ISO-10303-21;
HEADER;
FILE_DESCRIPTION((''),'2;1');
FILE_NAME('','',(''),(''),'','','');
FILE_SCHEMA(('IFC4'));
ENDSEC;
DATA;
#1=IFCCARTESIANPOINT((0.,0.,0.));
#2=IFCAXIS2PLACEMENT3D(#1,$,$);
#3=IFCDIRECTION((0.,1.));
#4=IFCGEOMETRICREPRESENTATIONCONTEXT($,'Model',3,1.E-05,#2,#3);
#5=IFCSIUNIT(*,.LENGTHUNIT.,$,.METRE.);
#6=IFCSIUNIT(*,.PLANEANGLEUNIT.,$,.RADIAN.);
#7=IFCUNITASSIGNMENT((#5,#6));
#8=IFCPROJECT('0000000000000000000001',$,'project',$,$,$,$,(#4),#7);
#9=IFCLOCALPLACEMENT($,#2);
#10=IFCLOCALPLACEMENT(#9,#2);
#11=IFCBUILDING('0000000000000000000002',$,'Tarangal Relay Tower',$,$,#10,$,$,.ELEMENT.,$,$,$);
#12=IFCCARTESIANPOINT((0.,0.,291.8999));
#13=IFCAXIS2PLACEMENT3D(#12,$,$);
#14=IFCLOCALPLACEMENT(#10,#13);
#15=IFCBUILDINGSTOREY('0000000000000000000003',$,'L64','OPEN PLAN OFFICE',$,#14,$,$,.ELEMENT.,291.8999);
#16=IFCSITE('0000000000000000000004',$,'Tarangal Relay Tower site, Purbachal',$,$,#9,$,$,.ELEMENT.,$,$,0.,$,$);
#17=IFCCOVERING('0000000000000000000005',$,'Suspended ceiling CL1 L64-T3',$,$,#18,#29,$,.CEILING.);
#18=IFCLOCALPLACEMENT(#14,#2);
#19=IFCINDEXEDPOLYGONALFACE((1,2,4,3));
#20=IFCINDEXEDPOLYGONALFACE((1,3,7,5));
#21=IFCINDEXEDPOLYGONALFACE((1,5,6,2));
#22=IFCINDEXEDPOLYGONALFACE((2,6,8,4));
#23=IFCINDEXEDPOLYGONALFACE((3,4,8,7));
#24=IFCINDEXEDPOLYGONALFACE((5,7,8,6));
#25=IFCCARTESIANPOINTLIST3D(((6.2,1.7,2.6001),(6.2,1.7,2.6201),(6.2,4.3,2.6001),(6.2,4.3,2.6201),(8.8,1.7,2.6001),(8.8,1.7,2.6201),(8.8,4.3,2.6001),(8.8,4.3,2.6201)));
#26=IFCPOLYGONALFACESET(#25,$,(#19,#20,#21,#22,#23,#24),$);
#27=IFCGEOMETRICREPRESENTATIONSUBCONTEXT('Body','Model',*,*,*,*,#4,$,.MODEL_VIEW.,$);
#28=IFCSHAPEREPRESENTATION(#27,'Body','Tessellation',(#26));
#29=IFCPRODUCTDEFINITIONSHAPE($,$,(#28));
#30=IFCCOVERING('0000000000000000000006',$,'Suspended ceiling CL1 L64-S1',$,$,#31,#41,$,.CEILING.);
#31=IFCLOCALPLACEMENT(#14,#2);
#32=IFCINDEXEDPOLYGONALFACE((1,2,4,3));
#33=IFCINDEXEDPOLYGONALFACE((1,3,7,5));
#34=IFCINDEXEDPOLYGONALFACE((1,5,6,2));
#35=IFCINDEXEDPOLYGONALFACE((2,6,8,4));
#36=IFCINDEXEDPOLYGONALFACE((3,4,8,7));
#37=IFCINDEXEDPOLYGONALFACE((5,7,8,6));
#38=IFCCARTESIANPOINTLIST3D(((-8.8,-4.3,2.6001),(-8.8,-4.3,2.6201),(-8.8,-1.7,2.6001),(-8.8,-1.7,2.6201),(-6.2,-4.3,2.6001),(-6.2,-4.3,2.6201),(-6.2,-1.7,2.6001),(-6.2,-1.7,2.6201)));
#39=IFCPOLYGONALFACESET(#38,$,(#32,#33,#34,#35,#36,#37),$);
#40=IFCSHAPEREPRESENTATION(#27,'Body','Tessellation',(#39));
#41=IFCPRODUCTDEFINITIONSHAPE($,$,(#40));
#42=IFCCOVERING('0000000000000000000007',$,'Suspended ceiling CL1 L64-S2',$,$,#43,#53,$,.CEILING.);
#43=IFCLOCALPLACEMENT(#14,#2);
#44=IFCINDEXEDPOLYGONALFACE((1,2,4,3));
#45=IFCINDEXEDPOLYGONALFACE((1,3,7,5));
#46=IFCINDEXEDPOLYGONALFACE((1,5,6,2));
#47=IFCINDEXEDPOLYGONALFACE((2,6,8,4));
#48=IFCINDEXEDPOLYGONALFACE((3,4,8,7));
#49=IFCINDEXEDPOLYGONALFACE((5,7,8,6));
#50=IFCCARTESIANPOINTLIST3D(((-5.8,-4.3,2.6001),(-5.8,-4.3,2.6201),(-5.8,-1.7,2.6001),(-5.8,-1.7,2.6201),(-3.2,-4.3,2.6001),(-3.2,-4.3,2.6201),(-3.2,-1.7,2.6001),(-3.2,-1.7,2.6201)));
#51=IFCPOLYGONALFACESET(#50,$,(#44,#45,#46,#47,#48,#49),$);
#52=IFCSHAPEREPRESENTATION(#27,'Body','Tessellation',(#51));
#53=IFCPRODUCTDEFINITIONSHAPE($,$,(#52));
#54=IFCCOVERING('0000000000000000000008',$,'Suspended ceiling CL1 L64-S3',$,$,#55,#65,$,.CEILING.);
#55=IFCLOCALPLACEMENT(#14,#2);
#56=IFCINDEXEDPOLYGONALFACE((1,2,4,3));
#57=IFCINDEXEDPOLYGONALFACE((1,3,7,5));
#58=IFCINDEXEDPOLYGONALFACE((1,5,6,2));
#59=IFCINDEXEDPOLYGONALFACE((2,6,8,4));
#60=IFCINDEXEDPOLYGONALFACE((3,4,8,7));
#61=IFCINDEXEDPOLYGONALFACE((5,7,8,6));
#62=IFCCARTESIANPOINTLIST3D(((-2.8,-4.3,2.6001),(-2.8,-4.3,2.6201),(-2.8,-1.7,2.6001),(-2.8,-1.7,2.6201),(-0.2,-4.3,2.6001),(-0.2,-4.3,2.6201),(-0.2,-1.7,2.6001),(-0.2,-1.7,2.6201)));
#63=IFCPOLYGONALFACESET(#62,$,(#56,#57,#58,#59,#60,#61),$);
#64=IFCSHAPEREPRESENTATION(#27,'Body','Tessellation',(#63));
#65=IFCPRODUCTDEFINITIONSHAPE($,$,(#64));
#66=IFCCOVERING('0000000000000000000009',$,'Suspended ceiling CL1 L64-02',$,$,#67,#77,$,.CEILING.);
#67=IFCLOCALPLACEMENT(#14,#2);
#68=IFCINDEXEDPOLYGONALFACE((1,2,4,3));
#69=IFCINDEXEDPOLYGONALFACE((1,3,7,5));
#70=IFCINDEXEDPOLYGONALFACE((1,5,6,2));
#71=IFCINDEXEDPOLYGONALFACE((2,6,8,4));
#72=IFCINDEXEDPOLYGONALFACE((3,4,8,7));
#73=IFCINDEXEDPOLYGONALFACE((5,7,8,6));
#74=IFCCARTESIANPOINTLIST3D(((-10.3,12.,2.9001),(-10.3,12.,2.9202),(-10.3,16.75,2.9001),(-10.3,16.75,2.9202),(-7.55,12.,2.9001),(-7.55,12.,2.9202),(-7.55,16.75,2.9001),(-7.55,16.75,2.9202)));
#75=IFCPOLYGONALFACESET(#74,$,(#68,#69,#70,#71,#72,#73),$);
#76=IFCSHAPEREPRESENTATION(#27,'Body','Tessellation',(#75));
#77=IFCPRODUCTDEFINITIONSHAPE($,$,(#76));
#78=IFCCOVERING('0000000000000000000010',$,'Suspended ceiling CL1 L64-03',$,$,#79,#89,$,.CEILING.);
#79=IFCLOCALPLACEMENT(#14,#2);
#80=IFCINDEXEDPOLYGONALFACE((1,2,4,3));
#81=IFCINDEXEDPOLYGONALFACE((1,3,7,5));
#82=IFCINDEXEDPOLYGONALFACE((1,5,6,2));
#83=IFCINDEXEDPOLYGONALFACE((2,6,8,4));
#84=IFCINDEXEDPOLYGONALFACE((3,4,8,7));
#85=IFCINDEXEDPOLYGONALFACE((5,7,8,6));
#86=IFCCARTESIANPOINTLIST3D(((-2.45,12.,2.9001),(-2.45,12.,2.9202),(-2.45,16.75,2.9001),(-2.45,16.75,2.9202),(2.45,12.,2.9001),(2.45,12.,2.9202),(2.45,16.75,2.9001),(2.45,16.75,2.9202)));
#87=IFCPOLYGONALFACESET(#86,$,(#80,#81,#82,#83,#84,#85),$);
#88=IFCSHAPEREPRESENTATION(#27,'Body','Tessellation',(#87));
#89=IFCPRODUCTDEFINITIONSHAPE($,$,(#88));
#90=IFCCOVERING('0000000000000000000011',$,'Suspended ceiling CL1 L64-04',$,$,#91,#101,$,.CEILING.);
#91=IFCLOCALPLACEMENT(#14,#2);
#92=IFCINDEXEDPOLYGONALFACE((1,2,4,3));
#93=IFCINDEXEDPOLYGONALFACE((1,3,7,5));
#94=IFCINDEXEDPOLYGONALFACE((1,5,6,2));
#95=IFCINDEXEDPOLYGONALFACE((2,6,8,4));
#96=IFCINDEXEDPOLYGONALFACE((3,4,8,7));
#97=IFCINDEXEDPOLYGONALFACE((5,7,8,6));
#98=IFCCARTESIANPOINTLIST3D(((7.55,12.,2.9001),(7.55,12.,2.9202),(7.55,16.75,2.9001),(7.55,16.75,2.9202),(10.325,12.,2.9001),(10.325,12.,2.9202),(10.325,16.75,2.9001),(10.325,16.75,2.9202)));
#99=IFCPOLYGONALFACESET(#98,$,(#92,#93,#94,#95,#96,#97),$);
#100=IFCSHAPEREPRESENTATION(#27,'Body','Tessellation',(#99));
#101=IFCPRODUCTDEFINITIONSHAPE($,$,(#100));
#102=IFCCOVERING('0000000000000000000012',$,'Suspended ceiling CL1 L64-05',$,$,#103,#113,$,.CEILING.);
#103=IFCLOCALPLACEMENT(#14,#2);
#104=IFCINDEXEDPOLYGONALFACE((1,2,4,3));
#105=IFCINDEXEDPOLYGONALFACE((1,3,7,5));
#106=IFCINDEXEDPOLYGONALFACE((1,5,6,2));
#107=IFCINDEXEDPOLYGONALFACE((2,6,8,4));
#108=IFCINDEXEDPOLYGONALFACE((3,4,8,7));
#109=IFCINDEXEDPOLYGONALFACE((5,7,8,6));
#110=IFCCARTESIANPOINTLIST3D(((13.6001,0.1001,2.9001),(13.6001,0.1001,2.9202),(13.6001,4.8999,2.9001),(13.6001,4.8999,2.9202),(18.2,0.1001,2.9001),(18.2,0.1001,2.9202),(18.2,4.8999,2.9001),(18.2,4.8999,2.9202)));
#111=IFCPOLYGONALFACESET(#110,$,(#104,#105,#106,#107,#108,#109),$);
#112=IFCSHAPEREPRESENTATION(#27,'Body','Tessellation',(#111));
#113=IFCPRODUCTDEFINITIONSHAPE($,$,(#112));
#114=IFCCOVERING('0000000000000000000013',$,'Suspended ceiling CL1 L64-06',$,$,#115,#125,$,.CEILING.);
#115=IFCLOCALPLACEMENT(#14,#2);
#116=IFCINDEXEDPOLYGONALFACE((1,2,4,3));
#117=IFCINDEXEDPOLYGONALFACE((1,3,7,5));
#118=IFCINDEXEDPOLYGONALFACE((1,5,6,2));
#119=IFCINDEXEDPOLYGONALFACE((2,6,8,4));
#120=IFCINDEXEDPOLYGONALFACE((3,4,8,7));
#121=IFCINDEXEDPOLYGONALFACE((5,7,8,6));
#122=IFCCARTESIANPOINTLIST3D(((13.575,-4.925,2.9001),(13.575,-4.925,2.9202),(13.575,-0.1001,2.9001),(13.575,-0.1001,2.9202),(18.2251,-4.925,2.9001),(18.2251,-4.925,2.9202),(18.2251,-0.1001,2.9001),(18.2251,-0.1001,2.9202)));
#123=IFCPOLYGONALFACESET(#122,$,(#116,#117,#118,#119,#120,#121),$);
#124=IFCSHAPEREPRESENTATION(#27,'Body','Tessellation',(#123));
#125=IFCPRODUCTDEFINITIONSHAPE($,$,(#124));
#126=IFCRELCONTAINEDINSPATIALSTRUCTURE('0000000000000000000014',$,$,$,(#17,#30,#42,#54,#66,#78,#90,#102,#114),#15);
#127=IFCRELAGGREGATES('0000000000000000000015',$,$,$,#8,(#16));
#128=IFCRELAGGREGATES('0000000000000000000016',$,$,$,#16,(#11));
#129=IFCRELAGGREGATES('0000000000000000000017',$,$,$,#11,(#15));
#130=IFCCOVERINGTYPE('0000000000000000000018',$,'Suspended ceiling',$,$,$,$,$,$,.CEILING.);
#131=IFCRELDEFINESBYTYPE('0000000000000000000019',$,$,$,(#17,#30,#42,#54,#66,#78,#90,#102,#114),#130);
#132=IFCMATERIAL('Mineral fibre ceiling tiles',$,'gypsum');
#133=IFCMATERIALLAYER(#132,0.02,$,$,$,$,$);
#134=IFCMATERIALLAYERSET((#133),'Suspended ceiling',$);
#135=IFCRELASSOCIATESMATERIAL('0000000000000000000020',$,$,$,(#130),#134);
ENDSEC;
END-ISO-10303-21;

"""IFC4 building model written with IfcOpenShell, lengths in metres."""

from ifc_helpers import new_model, si_unit, direction, frame, origin, place, context, subcontext, project, spatial, polyline, outline, extrude, material, layer, layer_set, type_object, element, save


model = new_model("IFC4")

# Units and contexts
model_context = context("Model", 3, precision=1e-05, world=origin(), true_north=direction((0.0, 1.0)))
body_context = subcontext(model_context, "Body", "Model", "MODEL_VIEW")
ifc_project = project(units=[si_unit("LENGTHUNIT", "METRE"), si_unit("PLANEANGLEUNIT", "RADIAN")], contexts=[model_context])

# Site, building, storey
site_placement = place(None, origin())
site = spatial("IfcSite", under=ifc_project, at=site_placement, Name="Tarangal Relay Tower site, Purbachal", CompositionType="ELEMENT", RefElevation=0.0)
building_placement = place(site_placement, origin())
building = spatial("IfcBuilding", under=site, at=building_placement, Name="Tarangal Relay Tower", CompositionType="ELEMENT")
storey_placement = place(building_placement, frame((0.0, 0.0, 291.8999)))
storey = spatial("IfcBuildingStorey", under=building, at=storey_placement, Name="L64", Description="OPEN PLAN OFFICE", CompositionType="ELEMENT", Elevation=291.8999)

# Coverings
ifc_material_1 = material(Name="Mineral fibre ceiling tiles", Category="gypsum")
ifc_layer_1 = layer(ifc_material_1, 0.02)
ifc_layer_set_1 = layer_set([ifc_layer_1], Name="Suspended ceiling")
covering_type_1 = type_object("IfcCoveringType", Name="Suspended ceiling", PredefinedType="CEILING", material=ifc_layer_set_1)
covering_1_placement = place(storey_placement, frame((0.0, 0.0, 2.6001)))
element("IfcCovering", 1, at=covering_1_placement, inside=storey, type_object=covering_type_1, Name="Suspended ceiling CL1 L64-T3", PredefinedType="CEILING", context=body_context, shape_type="SweptSolid", body=[
    extrude(outline(polyline([(6.2, 1.7), (8.8, 1.7), (8.8, 4.3), (6.2, 4.3), (6.2, 1.7)])), origin(), (0.0, 0.0, 1.0), 0.02),
])
covering_2_placement = place(storey_placement, frame((0.0, 0.0, 2.6001)))
element("IfcCovering", 2, at=covering_2_placement, inside=storey, type_object=covering_type_1, Name="Suspended ceiling CL1 L64-S1", PredefinedType="CEILING", context=body_context, shape_type="SweptSolid", body=[
    extrude(outline(polyline([(-8.8, -4.3), (-6.2, -4.3), (-6.2, -1.7), (-8.8, -1.7), (-8.8, -4.3)])), origin(), (0.0, 0.0, 1.0), 0.02),
])
covering_3_placement = place(storey_placement, frame((0.0, 0.0, 2.6001)))
element("IfcCovering", 3, at=covering_3_placement, inside=storey, type_object=covering_type_1, Name="Suspended ceiling CL1 L64-S2", PredefinedType="CEILING", context=body_context, shape_type="SweptSolid", body=[
    extrude(outline(polyline([(-5.8, -4.3), (-3.2, -4.3), (-3.2, -1.7), (-5.8, -1.7), (-5.8, -4.3)])), origin(), (0.0, 0.0, 1.0), 0.02),
])
covering_4_placement = place(storey_placement, frame((0.0, 0.0, 2.6001)))
element("IfcCovering", 4, at=covering_4_placement, inside=storey, type_object=covering_type_1, Name="Suspended ceiling CL1 L64-S3", PredefinedType="CEILING", context=body_context, shape_type="SweptSolid", body=[
    extrude(outline(polyline([(-2.8, -4.3), (-0.2, -4.3), (-0.2, -1.7), (-2.8, -1.7), (-2.8, -4.3)])), origin(), (0.0, 0.0, 1.0), 0.02),
])
covering_5_placement = place(storey_placement, frame((0.0, 0.0, 2.9001)))
element("IfcCovering", 5, at=covering_5_placement, inside=storey, type_object=covering_type_1, Name="Suspended ceiling CL1 L64-02", PredefinedType="CEILING", context=body_context, shape_type="SweptSolid", body=[
    extrude(outline(polyline([(-7.55, 12.0), (-7.55, 16.75), (-10.3, 16.75), (-10.3, 12.0), (-7.55, 12.0)])), origin(), (0.0, 0.0, 1.0), 0.02),
])
covering_6_placement = place(storey_placement, frame((0.0, 0.0, 2.9001)))
element("IfcCovering", 6, at=covering_6_placement, inside=storey, type_object=covering_type_1, Name="Suspended ceiling CL1 L64-03", PredefinedType="CEILING", context=body_context, shape_type="SweptSolid", body=[
    extrude(outline(polyline([(2.45, 12.0), (2.45, 16.75), (-2.45, 16.75), (-2.45, 12.0), (2.45, 12.0)])), origin(), (0.0, 0.0, 1.0), 0.02),
])
covering_7_placement = place(storey_placement, frame((0.0, 0.0, 2.9001)))
element("IfcCovering", 7, at=covering_7_placement, inside=storey, type_object=covering_type_1, Name="Suspended ceiling CL1 L64-04", PredefinedType="CEILING", context=body_context, shape_type="SweptSolid", body=[
    extrude(outline(polyline([(10.325, 12.0), (10.325, 16.75), (7.55, 16.75), (7.55, 12.0), (10.325, 12.0)])), origin(), (0.0, 0.0, 1.0), 0.02),
])
covering_8_placement = place(storey_placement, frame((0.0, 0.0, 2.9001)))
element("IfcCovering", 8, at=covering_8_placement, inside=storey, type_object=covering_type_1, Name="Suspended ceiling CL1 L64-05", PredefinedType="CEILING", context=body_context, shape_type="SweptSolid", body=[
    extrude(outline(polyline([(18.2, 0.1001), (18.2, 4.8999), (13.6001, 4.8999), (13.6001, 0.1001), (18.2, 0.1001)])), origin(), (0.0, 0.0, 1.0), 0.02),
])
covering_9_placement = place(storey_placement, frame((0.0, 0.0, 2.9001)))
element("IfcCovering", 9, at=covering_9_placement, inside=storey, type_object=covering_type_1, Name="Suspended ceiling CL1 L64-06", PredefinedType="CEILING", context=body_context, shape_type="SweptSolid", body=[
    extrude(outline(polyline([(18.2251, -0.1001), (13.575, -0.1001), (13.575, -4.925), (18.2251, -4.925), (18.2251, -0.1001)])), origin(), (0.0, 0.0, 1.0), 0.02),
])

save(model, "model.ifc")
